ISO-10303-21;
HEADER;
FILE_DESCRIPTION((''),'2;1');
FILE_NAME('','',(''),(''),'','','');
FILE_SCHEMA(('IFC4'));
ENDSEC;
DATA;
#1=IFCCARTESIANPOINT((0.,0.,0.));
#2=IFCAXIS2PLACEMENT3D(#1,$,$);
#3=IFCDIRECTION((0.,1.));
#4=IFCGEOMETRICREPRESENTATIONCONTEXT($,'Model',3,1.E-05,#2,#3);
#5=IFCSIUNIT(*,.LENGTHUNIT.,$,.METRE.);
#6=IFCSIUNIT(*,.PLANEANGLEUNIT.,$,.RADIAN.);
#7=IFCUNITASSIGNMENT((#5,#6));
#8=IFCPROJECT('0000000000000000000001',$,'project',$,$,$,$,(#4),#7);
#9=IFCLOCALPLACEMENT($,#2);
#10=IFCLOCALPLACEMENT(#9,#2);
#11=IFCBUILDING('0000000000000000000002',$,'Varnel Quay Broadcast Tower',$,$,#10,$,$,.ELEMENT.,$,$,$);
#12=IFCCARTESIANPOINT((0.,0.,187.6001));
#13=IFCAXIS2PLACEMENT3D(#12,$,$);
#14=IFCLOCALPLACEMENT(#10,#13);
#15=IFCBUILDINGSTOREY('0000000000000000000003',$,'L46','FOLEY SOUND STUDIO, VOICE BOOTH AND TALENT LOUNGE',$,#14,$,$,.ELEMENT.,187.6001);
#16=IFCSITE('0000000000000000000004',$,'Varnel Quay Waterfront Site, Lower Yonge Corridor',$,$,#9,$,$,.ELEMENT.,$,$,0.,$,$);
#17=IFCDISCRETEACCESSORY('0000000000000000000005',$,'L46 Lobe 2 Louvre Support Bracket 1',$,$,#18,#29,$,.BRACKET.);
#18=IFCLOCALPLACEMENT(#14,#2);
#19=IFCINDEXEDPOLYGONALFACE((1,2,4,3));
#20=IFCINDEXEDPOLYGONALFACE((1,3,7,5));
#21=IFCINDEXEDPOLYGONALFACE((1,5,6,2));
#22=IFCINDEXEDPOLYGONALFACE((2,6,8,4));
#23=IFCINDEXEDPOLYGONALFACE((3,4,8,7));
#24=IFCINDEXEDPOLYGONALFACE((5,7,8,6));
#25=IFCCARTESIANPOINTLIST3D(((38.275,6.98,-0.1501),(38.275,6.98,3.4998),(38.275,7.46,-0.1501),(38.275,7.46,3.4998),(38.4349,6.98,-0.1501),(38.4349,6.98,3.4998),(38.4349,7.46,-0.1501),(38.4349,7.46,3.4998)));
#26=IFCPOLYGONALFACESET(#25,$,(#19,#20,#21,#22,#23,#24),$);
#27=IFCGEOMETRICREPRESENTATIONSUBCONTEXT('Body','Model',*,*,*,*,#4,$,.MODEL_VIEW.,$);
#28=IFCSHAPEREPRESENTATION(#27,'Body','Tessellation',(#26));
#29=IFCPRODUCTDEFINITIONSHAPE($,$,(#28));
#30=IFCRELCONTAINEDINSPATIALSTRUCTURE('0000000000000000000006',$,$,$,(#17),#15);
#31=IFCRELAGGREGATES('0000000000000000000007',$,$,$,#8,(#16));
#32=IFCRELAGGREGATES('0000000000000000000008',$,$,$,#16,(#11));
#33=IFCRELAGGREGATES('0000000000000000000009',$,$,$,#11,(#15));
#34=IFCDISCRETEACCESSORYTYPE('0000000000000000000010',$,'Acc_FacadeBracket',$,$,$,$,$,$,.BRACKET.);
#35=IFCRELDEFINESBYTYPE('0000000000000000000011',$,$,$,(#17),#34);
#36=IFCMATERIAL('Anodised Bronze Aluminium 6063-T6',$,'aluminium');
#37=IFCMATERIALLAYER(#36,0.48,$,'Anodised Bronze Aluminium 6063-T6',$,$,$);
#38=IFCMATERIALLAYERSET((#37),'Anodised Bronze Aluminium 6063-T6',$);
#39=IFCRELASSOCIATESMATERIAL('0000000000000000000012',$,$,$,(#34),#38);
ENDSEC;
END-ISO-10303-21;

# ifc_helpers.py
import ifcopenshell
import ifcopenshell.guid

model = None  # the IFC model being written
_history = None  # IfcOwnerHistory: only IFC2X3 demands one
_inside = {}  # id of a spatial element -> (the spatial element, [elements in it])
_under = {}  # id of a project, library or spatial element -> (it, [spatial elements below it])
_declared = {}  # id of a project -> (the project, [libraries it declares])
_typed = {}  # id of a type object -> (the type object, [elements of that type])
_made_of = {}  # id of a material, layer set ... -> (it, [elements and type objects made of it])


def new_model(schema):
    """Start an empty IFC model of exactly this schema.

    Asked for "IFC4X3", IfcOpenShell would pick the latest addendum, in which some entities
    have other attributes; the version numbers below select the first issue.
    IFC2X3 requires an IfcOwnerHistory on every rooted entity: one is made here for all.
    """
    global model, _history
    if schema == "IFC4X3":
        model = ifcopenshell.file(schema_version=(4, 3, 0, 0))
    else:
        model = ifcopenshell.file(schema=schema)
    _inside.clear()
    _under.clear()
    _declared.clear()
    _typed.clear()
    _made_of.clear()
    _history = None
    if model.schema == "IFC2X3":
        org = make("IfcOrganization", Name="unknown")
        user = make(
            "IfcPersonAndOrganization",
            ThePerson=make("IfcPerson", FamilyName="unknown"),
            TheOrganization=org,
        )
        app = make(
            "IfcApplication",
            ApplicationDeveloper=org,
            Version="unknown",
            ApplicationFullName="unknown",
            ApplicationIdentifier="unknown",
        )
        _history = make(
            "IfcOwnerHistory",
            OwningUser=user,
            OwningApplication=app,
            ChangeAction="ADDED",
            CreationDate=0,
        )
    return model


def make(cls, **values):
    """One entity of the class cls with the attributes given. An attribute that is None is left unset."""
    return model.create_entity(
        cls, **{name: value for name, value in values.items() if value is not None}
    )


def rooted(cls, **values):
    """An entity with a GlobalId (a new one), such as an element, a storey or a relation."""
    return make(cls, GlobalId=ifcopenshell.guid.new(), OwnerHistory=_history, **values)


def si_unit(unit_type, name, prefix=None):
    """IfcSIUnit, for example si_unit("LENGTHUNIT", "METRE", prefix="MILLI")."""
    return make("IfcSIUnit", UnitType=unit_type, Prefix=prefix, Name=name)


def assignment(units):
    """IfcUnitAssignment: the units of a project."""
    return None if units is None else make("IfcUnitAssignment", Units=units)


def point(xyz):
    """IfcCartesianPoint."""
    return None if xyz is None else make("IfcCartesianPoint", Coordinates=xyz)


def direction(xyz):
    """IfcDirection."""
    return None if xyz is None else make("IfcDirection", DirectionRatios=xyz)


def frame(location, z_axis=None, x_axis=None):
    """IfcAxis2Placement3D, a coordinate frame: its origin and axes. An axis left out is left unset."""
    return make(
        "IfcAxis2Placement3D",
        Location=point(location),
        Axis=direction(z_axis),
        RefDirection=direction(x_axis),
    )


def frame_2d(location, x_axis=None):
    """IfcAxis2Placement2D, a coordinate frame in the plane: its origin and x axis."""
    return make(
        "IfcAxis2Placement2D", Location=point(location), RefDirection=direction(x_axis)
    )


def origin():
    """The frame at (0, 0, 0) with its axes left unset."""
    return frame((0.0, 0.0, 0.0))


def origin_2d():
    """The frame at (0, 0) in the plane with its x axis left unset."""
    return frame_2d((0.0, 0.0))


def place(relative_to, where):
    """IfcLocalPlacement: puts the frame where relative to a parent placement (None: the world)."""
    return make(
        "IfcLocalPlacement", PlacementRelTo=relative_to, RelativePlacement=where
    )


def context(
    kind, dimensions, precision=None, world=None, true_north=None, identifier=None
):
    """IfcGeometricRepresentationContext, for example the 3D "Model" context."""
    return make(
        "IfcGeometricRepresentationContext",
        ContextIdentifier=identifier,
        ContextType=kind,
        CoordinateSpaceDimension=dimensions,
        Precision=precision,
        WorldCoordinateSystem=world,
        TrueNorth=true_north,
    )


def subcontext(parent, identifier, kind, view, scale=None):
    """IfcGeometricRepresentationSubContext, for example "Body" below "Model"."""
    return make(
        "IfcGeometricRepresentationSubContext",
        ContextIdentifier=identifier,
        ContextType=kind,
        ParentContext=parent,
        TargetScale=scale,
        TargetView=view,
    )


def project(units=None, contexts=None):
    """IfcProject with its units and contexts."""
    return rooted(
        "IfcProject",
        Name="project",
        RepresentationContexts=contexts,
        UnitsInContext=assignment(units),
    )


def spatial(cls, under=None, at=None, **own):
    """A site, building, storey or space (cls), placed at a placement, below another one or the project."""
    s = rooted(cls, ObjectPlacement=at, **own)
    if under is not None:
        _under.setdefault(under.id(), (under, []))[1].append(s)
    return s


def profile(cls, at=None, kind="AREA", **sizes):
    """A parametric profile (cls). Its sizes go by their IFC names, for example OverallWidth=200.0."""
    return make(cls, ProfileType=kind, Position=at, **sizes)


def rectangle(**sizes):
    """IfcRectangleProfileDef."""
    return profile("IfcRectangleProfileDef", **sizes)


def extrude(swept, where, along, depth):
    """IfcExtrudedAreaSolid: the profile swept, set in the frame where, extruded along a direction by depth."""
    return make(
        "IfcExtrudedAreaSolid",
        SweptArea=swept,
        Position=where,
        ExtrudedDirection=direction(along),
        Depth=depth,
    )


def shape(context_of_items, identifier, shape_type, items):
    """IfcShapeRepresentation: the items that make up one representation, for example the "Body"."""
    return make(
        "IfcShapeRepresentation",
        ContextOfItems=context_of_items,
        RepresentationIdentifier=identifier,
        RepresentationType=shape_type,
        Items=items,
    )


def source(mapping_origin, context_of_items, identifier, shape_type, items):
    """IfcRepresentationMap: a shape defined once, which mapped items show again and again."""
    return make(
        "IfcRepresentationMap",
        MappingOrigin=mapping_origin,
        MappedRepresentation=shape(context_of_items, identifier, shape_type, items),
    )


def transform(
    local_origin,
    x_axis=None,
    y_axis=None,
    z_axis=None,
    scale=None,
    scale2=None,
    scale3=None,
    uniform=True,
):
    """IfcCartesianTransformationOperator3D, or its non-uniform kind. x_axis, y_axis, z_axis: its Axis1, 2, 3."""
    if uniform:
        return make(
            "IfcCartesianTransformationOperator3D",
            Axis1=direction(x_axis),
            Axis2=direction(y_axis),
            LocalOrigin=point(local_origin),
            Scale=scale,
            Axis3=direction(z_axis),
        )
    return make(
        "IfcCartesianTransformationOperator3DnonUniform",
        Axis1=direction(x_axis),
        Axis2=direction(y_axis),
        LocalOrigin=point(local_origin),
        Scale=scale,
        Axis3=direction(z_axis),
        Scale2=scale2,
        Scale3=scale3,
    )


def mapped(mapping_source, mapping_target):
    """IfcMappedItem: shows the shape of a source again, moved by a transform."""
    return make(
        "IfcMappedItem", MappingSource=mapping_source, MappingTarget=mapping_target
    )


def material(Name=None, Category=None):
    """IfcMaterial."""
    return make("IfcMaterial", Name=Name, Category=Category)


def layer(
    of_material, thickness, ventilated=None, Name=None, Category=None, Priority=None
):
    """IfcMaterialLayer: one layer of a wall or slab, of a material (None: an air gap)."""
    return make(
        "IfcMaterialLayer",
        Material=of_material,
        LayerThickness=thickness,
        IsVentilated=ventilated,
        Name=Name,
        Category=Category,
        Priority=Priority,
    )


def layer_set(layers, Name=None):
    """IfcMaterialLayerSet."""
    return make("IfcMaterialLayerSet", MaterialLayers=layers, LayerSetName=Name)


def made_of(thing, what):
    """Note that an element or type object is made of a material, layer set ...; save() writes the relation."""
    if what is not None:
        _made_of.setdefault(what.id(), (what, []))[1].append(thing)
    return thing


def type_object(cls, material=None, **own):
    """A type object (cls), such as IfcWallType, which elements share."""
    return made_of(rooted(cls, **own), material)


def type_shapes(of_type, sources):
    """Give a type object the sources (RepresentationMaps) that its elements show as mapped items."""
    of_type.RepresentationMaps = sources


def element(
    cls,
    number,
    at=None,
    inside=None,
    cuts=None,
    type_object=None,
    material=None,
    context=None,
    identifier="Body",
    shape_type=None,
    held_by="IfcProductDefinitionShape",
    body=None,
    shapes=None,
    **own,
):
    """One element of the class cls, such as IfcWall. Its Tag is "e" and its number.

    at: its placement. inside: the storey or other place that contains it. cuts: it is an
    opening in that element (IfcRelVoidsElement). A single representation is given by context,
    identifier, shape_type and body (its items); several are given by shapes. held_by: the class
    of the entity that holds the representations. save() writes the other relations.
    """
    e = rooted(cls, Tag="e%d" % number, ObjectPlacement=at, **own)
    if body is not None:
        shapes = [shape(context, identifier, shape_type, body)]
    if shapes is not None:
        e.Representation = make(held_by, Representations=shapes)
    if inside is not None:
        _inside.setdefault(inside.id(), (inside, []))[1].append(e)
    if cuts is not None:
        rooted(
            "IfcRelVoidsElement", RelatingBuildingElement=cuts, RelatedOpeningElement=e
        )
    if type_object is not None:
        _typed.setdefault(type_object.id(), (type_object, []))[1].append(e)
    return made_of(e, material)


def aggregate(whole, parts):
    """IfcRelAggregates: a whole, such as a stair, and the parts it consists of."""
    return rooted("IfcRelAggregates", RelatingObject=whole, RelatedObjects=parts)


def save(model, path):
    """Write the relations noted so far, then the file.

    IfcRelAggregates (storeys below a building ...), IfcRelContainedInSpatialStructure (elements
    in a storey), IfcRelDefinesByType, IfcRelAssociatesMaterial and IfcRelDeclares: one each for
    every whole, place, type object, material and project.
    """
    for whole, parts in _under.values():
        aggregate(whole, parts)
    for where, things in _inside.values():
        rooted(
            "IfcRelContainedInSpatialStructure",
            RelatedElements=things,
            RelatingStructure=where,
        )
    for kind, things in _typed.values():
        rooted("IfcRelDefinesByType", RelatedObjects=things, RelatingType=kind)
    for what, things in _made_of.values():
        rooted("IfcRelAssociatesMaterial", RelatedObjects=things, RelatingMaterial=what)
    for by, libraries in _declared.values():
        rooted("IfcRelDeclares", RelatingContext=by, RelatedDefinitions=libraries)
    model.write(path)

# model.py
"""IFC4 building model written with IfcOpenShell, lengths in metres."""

from ifc_helpers import new_model, si_unit, direction, frame, origin, origin_2d, place, context, subcontext, project, spatial, rectangle, extrude, source, transform, mapped, material, layer, layer_set, type_object, type_shapes, element, save


model = new_model("IFC4")

# Units and contexts
model_context = context("Model", 3, precision=1e-05, world=origin(), true_north=direction((0.0, 1.0)))
body_context = subcontext(model_context, "Body", "Model", "MODEL_VIEW")
ifc_project = project(units=[si_unit("LENGTHUNIT", "METRE"), si_unit("PLANEANGLEUNIT", "RADIAN")], contexts=[model_context])

# Site, building, storey
site_placement = place(None, origin())
site = spatial("IfcSite", under=ifc_project, at=site_placement, Name="Varnel Quay Waterfront Site, Lower Yonge Corridor", CompositionType="ELEMENT", RefElevation=0.0)
building_placement = place(site_placement, origin())
building = spatial("IfcBuilding", under=site, at=building_placement, Name="Varnel Quay Broadcast Tower", CompositionType="ELEMENT")
storey_placement = place(building_placement, frame((0.0, 0.0, 187.6001)))
storey = spatial("IfcBuildingStorey", under=building, at=storey_placement, Name="L46", Description="FOLEY SOUND STUDIO, VOICE BOOTH AND TALENT LOUNGE", CompositionType="ELEMENT", Elevation=187.6001)

# Shared definitions
ifc_material_1 = material(Name="Anodised Bronze Aluminium 6063-T6", Category="aluminium")

# Discrete accessory
ifc_layer_1 = layer(ifc_material_1, 0.48, Name="Anodised Bronze Aluminium 6063-T6")
ifc_layer_set_1 = layer_set([ifc_layer_1], Name="Anodised Bronze Aluminium 6063-T6")
discrete_accessory_type = type_object("IfcDiscreteAccessoryType", Name="Acc_FacadeBracket", PredefinedType="BRACKET", material=ifc_layer_set_1)
shared_shape_1 = source(origin(), body_context, "Body", "SweptSolid", [
    extrude(rectangle(XDim=0.1599, YDim=0.48, at=origin_2d()), origin(), (0.0, 0.0, 1.0), 3.6499),
])
type_shapes(discrete_accessory_type, [shared_shape_1])
discrete_accessory_placement = place(storey_placement, frame((38.355, 7.22, -0.1501), z_axis=(0.0, 0.0, 1.0), x_axis=(1.0, 0.0, 0.0)))
element("IfcDiscreteAccessory", 1, at=discrete_accessory_placement, inside=storey, type_object=discrete_accessory_type, Name="L46 Lobe 2 Louvre Support Bracket 1", PredefinedType="BRACKET", context=body_context, shape_type="MappedRepresentation", body=[
    mapped(shared_shape_1, transform((0.0, 0.0, 0.0), x_axis=(1.0, 0.0, 0.0), y_axis=(0.0, 1.0, 0.0), z_axis=(0.0, 0.0, 1.0), scale=1.0)),
])

save(model, "model.ifc")
